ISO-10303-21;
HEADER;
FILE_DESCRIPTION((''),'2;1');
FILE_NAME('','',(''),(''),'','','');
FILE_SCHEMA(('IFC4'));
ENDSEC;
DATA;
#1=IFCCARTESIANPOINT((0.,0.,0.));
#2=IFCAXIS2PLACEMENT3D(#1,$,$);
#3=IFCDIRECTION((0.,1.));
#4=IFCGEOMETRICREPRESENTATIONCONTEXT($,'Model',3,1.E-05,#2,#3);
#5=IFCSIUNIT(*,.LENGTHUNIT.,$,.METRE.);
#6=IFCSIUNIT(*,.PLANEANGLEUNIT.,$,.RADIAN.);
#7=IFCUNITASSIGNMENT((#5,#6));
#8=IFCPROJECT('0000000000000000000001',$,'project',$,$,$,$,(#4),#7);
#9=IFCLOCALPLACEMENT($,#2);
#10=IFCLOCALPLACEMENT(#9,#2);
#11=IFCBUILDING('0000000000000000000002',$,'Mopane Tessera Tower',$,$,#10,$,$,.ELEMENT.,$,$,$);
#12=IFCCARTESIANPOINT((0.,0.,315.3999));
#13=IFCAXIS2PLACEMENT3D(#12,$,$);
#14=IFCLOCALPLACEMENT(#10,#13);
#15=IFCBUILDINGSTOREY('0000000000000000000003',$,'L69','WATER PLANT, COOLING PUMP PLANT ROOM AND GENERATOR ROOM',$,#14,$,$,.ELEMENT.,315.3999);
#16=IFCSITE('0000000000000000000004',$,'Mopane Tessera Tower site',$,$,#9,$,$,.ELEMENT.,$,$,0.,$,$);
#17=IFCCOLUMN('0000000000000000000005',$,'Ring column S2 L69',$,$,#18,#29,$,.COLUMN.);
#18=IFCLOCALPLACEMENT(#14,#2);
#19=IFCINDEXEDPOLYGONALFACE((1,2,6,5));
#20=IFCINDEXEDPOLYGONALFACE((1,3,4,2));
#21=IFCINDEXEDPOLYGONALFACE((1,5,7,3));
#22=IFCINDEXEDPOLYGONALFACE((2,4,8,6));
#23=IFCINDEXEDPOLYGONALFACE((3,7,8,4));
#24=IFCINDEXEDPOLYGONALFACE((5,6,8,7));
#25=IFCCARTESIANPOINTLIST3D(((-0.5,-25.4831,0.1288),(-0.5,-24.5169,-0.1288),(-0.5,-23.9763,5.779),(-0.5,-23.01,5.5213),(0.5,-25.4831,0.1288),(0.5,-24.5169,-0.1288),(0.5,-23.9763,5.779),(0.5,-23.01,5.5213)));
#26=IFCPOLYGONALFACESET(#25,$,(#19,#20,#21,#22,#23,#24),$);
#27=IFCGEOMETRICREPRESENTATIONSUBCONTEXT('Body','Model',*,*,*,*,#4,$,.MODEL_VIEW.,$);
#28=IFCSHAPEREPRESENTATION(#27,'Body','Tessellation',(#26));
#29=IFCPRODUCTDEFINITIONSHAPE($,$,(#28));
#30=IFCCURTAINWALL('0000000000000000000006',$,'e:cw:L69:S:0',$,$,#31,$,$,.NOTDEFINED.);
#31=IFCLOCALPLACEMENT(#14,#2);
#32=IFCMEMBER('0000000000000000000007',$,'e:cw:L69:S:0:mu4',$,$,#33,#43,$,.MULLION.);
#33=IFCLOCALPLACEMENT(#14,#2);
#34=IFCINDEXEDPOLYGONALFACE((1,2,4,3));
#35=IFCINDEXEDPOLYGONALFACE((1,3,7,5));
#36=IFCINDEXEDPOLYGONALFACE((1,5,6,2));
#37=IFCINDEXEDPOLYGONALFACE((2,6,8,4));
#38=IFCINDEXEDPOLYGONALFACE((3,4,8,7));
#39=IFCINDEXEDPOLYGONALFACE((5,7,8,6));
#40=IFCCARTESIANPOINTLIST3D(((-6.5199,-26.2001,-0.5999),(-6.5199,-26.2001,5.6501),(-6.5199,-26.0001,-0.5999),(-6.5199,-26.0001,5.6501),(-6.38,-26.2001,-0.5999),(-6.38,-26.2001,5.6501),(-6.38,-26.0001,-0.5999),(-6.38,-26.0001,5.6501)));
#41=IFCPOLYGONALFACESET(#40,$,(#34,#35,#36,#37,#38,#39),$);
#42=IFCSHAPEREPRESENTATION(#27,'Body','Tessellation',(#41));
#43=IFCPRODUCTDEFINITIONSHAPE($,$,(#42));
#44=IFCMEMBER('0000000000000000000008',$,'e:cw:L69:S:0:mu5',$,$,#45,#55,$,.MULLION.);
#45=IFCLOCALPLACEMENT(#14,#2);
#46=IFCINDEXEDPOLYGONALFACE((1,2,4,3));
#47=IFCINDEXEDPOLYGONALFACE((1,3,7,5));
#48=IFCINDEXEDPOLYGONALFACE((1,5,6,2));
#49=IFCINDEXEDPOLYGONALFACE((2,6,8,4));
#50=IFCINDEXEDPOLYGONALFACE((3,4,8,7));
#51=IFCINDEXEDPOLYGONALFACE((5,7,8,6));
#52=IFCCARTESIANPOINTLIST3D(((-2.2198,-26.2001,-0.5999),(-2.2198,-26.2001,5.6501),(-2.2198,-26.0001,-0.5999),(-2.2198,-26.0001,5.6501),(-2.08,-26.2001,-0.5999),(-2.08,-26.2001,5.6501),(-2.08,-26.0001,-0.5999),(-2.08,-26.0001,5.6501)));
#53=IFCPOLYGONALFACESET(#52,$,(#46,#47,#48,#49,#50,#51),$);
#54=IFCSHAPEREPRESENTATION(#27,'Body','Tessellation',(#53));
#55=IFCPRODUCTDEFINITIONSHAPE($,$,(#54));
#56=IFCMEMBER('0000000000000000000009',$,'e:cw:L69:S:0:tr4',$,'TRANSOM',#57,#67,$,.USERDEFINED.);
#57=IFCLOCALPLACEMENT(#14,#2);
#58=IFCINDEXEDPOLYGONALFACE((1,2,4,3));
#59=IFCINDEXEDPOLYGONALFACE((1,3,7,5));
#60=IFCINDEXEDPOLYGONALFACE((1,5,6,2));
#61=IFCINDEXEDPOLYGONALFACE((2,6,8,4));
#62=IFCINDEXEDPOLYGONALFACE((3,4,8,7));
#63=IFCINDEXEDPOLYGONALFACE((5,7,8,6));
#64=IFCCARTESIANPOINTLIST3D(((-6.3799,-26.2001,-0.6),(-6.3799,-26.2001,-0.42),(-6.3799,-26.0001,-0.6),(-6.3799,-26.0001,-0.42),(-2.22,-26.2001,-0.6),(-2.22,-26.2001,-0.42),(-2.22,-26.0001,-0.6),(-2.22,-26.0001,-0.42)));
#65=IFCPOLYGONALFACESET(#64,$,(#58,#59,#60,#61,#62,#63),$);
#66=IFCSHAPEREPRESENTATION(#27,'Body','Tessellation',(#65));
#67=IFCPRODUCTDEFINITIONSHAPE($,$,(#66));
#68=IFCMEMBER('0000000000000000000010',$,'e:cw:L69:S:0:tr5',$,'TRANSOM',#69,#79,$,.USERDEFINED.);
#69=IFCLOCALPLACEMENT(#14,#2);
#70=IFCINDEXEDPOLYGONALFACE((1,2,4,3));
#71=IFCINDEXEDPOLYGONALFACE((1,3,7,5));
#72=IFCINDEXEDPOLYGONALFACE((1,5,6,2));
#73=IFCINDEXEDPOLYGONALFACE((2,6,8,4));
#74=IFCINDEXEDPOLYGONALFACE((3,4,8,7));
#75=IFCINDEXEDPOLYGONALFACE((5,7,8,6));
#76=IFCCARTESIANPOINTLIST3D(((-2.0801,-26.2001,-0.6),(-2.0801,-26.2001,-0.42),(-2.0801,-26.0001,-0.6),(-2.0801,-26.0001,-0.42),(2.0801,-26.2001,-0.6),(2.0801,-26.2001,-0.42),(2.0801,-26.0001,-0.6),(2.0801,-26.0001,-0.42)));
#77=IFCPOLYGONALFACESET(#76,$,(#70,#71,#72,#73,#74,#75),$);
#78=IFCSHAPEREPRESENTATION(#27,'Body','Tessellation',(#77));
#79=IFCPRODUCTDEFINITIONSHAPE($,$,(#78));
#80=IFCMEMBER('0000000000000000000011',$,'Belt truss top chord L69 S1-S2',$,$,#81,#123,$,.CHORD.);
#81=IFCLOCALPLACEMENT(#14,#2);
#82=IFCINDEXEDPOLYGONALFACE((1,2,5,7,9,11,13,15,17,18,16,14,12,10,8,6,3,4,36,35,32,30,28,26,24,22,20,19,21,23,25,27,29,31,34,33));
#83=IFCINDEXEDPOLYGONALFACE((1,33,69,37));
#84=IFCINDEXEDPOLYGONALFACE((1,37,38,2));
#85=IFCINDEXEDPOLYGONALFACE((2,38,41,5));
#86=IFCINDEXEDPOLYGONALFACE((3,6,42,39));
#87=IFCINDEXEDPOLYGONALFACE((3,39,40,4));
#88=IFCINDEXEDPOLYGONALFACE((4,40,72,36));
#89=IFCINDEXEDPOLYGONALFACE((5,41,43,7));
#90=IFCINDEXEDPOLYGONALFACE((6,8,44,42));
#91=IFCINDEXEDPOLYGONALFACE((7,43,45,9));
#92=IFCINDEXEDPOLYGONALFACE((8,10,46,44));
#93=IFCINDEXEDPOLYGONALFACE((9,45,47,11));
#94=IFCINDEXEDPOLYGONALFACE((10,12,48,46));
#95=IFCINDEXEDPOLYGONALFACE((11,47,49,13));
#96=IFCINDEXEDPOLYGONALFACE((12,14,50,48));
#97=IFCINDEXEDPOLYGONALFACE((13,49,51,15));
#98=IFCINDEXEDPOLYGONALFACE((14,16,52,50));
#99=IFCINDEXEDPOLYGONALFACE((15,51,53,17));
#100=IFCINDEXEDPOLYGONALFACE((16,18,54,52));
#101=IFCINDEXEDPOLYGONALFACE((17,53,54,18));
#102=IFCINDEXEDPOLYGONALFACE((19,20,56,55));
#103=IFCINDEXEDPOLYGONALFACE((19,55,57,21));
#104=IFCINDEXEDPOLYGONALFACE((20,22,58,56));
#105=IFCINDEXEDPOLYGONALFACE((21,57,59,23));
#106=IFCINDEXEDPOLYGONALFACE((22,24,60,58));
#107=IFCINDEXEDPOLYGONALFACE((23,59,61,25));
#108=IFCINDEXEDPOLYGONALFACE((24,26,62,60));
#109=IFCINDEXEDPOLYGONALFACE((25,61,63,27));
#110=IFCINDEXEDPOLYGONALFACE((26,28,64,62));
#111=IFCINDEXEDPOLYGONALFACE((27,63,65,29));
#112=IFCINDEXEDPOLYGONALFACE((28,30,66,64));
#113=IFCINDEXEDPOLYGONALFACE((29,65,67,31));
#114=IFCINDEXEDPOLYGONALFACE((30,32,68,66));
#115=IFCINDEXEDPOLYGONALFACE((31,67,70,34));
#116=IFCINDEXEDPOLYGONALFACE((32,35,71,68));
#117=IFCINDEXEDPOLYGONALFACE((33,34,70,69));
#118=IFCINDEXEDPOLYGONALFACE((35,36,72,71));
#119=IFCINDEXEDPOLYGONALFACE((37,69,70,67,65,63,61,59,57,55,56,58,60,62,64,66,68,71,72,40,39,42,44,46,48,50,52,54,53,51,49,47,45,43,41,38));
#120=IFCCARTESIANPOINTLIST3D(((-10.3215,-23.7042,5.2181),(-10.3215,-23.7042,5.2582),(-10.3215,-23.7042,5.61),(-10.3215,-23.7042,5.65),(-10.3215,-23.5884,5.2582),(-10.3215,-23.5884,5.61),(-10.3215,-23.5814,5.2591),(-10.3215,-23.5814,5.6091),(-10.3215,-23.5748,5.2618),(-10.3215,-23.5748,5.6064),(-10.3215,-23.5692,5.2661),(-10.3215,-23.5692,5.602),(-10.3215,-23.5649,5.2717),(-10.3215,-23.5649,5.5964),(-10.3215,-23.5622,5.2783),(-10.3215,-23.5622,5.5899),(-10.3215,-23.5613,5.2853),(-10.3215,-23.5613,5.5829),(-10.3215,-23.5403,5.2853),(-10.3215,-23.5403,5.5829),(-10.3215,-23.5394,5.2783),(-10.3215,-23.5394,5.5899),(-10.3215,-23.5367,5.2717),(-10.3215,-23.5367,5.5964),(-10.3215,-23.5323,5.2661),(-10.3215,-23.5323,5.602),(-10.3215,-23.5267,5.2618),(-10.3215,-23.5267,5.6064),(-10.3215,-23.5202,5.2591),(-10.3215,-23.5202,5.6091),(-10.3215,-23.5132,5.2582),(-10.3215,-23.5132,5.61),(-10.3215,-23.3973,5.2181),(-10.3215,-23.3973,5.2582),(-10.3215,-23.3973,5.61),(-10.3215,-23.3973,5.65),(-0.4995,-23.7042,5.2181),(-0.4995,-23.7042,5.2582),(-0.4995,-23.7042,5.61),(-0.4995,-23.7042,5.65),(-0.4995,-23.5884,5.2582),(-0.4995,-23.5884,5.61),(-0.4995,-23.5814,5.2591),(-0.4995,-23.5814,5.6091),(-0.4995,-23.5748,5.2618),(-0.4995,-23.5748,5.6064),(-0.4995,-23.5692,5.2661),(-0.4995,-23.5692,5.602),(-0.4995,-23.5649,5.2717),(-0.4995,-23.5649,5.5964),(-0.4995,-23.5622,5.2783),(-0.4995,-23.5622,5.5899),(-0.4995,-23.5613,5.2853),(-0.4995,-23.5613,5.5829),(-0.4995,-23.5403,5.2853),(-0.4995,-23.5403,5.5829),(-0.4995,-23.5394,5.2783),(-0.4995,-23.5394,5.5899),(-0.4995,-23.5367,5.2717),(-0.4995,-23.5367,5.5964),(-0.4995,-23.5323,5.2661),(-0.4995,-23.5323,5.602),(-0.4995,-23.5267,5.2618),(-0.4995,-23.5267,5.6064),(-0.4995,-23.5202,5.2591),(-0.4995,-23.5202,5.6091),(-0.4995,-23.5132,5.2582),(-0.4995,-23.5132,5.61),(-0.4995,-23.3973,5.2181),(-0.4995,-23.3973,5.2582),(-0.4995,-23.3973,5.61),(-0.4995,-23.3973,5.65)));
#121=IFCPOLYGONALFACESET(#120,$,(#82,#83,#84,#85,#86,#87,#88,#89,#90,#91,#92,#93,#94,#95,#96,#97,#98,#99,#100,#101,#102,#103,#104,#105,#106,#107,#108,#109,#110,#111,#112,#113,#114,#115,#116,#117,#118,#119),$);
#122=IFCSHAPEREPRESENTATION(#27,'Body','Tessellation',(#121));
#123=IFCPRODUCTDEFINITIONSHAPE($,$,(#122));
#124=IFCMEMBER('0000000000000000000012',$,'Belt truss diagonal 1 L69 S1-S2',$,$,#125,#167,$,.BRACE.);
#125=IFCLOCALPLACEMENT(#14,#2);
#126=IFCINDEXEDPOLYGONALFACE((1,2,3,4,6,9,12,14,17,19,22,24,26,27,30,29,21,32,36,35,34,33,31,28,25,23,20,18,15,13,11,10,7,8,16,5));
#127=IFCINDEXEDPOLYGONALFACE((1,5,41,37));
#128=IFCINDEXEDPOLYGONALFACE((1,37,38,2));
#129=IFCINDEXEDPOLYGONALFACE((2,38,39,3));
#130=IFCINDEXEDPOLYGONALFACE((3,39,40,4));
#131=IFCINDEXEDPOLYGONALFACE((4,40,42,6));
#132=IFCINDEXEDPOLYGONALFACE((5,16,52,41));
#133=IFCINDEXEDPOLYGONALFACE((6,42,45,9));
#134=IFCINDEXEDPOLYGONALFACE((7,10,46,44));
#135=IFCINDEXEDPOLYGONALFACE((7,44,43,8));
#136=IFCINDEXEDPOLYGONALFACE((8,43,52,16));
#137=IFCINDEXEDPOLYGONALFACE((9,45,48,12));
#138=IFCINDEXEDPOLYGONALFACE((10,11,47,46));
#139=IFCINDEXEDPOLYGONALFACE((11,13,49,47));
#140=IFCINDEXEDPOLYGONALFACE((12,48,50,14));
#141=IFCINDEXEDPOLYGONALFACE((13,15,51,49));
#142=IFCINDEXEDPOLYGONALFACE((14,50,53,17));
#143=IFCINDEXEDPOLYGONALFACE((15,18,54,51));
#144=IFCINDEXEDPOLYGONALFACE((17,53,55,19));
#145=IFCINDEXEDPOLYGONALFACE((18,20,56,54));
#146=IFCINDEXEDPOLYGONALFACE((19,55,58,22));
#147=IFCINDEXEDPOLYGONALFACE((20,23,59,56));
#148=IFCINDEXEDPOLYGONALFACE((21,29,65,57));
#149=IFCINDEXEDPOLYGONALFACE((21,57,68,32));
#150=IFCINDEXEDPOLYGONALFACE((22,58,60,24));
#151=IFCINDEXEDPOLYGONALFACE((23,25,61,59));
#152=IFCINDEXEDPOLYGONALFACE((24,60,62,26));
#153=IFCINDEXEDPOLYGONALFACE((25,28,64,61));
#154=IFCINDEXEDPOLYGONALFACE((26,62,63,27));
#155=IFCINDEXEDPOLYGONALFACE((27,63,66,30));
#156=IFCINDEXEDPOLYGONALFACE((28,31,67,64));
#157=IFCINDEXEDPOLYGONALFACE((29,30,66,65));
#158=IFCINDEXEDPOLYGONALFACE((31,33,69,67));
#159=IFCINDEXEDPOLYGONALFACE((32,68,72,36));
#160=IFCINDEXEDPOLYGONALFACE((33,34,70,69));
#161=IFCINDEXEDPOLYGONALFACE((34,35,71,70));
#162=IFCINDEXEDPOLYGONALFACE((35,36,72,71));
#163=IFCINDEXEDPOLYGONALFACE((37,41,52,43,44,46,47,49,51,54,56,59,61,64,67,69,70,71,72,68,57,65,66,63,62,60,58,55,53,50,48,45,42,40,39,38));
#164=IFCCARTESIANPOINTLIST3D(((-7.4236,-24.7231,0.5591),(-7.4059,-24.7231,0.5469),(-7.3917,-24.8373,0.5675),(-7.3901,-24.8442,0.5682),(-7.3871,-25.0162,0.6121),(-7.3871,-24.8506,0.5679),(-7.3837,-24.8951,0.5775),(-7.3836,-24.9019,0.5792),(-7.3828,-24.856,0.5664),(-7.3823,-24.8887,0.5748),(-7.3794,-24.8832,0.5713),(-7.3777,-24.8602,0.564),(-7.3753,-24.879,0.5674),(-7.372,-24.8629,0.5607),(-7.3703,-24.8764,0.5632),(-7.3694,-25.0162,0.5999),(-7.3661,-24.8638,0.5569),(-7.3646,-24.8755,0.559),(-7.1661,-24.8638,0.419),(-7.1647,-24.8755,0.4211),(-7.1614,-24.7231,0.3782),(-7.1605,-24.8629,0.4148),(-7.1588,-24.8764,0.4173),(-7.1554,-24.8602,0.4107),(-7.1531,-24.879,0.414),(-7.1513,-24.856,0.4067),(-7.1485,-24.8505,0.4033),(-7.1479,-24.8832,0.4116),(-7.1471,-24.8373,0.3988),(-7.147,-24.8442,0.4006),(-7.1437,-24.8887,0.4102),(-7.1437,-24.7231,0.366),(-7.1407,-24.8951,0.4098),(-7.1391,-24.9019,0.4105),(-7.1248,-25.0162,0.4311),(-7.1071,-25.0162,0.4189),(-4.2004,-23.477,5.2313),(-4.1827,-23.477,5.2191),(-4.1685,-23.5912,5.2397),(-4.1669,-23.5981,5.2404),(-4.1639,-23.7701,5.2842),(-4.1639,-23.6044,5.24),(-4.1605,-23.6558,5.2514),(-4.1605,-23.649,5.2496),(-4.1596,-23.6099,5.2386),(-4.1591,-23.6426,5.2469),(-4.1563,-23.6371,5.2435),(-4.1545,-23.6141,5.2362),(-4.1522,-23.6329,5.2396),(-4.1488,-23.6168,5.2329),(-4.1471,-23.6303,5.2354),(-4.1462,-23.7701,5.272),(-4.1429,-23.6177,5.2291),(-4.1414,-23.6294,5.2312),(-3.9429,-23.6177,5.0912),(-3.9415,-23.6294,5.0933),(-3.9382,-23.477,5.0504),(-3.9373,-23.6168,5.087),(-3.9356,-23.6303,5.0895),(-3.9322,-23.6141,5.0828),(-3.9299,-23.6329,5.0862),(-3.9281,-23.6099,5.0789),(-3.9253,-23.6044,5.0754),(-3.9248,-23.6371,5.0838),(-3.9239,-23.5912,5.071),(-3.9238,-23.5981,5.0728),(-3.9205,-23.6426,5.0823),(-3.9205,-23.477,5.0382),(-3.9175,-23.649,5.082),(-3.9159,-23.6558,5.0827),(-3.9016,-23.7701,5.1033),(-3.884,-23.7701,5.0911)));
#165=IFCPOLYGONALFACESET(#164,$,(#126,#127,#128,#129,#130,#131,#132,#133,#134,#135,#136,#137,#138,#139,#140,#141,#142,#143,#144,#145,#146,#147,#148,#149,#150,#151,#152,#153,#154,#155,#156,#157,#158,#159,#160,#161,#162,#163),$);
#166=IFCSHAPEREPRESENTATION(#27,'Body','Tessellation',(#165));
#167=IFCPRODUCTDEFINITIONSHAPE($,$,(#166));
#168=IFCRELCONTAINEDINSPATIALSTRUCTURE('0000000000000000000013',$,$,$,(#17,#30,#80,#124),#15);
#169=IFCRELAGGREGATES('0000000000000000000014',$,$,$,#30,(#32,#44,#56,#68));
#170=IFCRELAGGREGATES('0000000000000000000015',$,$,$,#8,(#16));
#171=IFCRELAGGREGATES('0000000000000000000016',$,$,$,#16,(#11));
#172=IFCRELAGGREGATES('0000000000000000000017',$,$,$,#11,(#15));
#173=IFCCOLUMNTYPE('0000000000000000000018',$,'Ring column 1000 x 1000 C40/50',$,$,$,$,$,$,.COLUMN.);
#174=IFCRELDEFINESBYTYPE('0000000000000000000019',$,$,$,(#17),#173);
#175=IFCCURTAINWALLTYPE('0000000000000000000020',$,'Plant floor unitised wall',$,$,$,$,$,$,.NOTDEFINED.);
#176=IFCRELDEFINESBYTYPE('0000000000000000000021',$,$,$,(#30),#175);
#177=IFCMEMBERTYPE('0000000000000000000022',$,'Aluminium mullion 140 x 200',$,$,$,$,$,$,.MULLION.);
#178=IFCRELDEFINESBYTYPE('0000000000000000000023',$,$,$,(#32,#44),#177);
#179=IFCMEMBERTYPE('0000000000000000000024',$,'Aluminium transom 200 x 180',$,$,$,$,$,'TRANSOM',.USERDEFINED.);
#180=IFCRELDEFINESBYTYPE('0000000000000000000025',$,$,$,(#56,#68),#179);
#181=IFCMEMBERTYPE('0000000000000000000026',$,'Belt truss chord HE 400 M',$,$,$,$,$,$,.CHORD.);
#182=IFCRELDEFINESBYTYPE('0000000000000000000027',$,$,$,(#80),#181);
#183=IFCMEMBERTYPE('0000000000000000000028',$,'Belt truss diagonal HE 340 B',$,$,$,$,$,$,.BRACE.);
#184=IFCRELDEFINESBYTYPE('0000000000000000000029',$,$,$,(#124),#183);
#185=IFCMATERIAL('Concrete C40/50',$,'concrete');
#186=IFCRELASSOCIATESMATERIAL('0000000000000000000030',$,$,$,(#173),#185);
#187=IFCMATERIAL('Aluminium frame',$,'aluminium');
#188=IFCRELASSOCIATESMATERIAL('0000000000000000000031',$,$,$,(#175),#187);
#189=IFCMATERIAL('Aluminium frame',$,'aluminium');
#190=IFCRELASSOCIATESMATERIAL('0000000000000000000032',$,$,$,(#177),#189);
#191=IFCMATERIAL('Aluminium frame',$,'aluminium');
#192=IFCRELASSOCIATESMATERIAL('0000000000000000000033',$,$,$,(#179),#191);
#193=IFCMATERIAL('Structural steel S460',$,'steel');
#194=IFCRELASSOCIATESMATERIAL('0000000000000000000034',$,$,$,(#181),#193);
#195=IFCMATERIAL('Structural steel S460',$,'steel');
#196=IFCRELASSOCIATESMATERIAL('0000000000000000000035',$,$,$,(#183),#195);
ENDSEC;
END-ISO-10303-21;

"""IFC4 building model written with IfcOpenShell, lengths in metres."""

from ifc_helpers import new_model, si_unit, direction, frame, origin, origin_2d, place, context, subcontext, project, spatial, rectangle, i_section, extrude, material, material_profile, profile_set, type_object, element, aggregate, save


model = new_model("IFC4")

# Units and contexts
model_context = context("Model", 3, precision=1e-05, world=origin(), true_north=direction((0.0, 1.0)))
body_context = subcontext(model_context, "Body", "Model", "MODEL_VIEW")
ifc_project = project(units=[si_unit("LENGTHUNIT", "METRE"), si_unit("PLANEANGLEUNIT", "RADIAN")], contexts=[model_context])

# Site, building, storey
site_placement = place(None, origin())
site = spatial("IfcSite", under=ifc_project, at=site_placement, Name="Mopane Tessera Tower site", CompositionType="ELEMENT", RefElevation=0.0)
building_placement = place(site_placement, origin())
building = spatial("IfcBuilding", under=site, at=building_placement, Name="Mopane Tessera Tower", CompositionType="ELEMENT")
storey_placement = place(building_placement, frame((0.0, 0.0, 315.3999)))
storey = spatial("IfcBuildingStorey", under=building, at=storey_placement, Name="L69", Description="WATER PLANT, COOLING PUMP PLANT ROOM AND GENERATOR ROOM", CompositionType="ELEMENT", Elevation=315.3999)

# Column
ifc_material_1 = material(Name="Concrete C40/50", Category="concrete")
ifc_material_profile_1 = material_profile(ifc_material_1, rectangle(XDim=1.0, YDim=1.0, at=origin_2d()))
ifc_profile_set_1 = profile_set([ifc_material_profile_1], Name="Concrete C40/50")
column_type = type_object("IfcColumnType", Name="Ring column 1000 x 1000 C40/50", PredefinedType="COLUMN", material=ifc_profile_set_1)
column_placement = place(storey_placement, frame((0.0, -25.0, 0.0), z_axis=(0.0, 0.257683, 0.966229), x_axis=(-1.0, 0.0, 0.0)))
element("IfcColumn", 1, at=column_placement, inside=storey, type_object=column_type, Name="Ring column S2 L69", PredefinedType="COLUMN", context=body_context, shape_type="SweptSolid", body=[
    extrude(rectangle(XDim=1.0, YDim=1.0, at=origin_2d()), origin(), (0.0, 0.0, 1.0), 5.8477),
])

# Curtain wall, members
ifc_material_2 = material(Name="Aluminium frame", Category="aluminium")
curtain_wall_type = type_object("IfcCurtainWallType", Name="Plant floor unitised wall", PredefinedType="NOTDEFINED", material=ifc_material_2)
curtain_wall_placement = place(storey_placement, origin())
curtain_wall = element("IfcCurtainWall", 2, at=curtain_wall_placement, inside=storey, type_object=curtain_wall_type, Name="e:cw:L69:S:0", PredefinedType="NOTDEFINED")
ifc_material_3 = material(Name="Aluminium frame", Category="aluminium")
ifc_material_profile_2 = material_profile(ifc_material_3, rectangle(XDim=0.1399, YDim=0.2, at=origin_2d()))
ifc_profile_set_2 = profile_set([ifc_material_profile_2], Name="Aluminium frame")
member_type_1 = type_object("IfcMemberType", Name="Aluminium mullion 140 x 200", PredefinedType="MULLION", material=ifc_profile_set_2)
member_1_placement = place(storey_placement, frame((-6.45, -26.1001, -0.5999), z_axis=(0.0, 0.0, 1.0), x_axis=(1.0, 0.0, 0.0)))
member_1 = element("IfcMember", 3, at=member_1_placement, type_object=member_type_1, Name="e:cw:L69:S:0:mu4", PredefinedType="MULLION", context=body_context, shape_type="SweptSolid", body=[
    extrude(rectangle(XDim=0.1399, YDim=0.2, at=origin_2d()), origin(), (0.0, 0.0, 1.0), 6.25),
])
member_2_placement = place(storey_placement, frame((-2.1499, -26.1001, -0.5999), z_axis=(0.0, 0.0, 1.0), x_axis=(1.0, 0.0, 0.0)))
member_2 = element("IfcMember", 4, at=member_2_placement, type_object=member_type_1, Name="e:cw:L69:S:0:mu5", PredefinedType="MULLION", context=body_context, shape_type="SweptSolid", body=[
    extrude(rectangle(XDim=0.1399, YDim=0.2, at=origin_2d()), origin(), (0.0, 0.0, 1.0), 6.25),
])
ifc_material_4 = material(Name="Aluminium frame", Category="aluminium")
ifc_material_profile_3 = material_profile(ifc_material_4, rectangle(XDim=0.2, YDim=0.1799, at=origin_2d()))
ifc_profile_set_3 = profile_set([ifc_material_profile_3], Name="Aluminium frame")
member_type_2 = type_object("IfcMemberType", Name="Aluminium transom 200 x 180", ElementType="TRANSOM", PredefinedType="USERDEFINED", material=ifc_profile_set_3)
member_3_placement = place(storey_placement, frame((-6.3799, -26.1001, -0.51), z_axis=(1.0, 0.0, 0.0), x_axis=(0.0, 1.0, 0.0)))
member_3 = element("IfcMember", 5, at=member_3_placement, type_object=member_type_2, Name="e:cw:L69:S:0:tr4", ObjectType="TRANSOM", PredefinedType="USERDEFINED", context=body_context, shape_type="SweptSolid", body=[
    extrude(rectangle(XDim=0.2, YDim=0.1799, at=origin_2d()), origin(), (0.0, 0.0, 1.0), 4.1599),
])
member_4_placement = place(storey_placement, frame((-2.0801, -26.1001, -0.51), z_axis=(1.0, 0.0, 0.0), x_axis=(0.0, 1.0, 0.0)))
member_4 = element("IfcMember", 6, at=member_4_placement, type_object=member_type_2, Name="e:cw:L69:S:0:tr5", ObjectType="TRANSOM", PredefinedType="USERDEFINED", context=body_context, shape_type="SweptSolid", body=[
    extrude(rectangle(XDim=0.2, YDim=0.1799, at=origin_2d()), origin(), (0.0, 0.0, 1.0), 4.1602),
])

# Members
ifc_material_5 = material(Name="Structural steel S460", Category="steel")
ifc_material_profile_4 = material_profile(ifc_material_5, i_section(OverallWidth=0.3069, OverallDepth=0.4319, WebThickness=0.021, FlangeThickness=0.04, FilletRadius=0.0271, at=origin_2d()))
ifc_profile_set_4 = profile_set([ifc_material_profile_4], Name="Structural steel S460")
member_type_3 = type_object("IfcMemberType", Name="Belt truss chord HE 400 M", PredefinedType="CHORD", material=ifc_profile_set_4)
member_5_placement = place(storey_placement, frame((-10.3215, -23.5508, 5.4341), z_axis=(1.0, 0.0, 0.0), x_axis=(0.0, 1.0, 0.0)))
element("IfcMember", 7, at=member_5_placement, inside=storey, type_object=member_type_3, Name="Belt truss top chord L69 S1-S2", PredefinedType="CHORD", context=body_context, shape_type="SweptSolid", body=[
    extrude(i_section(OverallWidth=0.3069, OverallDepth=0.4319, WebThickness=0.021, FlangeThickness=0.04, FilletRadius=0.0271, at=origin_2d()), origin(), (0.0, 0.0, 1.0), 9.822),
])
ifc_material_6 = material(Name="Structural steel S460", Category="steel")
ifc_material_profile_5 = material_profile(ifc_material_6, i_section(OverallWidth=0.3, OverallDepth=0.3401, WebThickness=0.012, FlangeThickness=0.0215, FilletRadius=0.0271, at=origin_2d()))
ifc_profile_set_5 = profile_set([ifc_material_profile_5], Name="Structural steel S460")
member_type_4 = type_object("IfcMemberType", Name="Belt truss diagonal HE 340 B", PredefinedType="BRACE", material=ifc_profile_set_5)
member_6_placement = place(storey_placement, frame((-7.2654, -24.8696, 0.489), z_axis=(0.554643, 0.214429, 0.803985), x_axis=(-0.121783, 0.976739, -0.17649)))
element("IfcMember", 8, at=member_6_placement, inside=storey, type_object=member_type_4, Name="Belt truss diagonal 1 L69 S1-S2", PredefinedType="BRACE", context=body_context, shape_type="SweptSolid", body=[
    extrude(i_section(OverallWidth=0.3, OverallDepth=0.3401, WebThickness=0.012, FlangeThickness=0.0215, FilletRadius=0.0271, at=origin_2d()), origin(), (0.0, 0.0, 1.0), 5.8113),
])

aggregate(curtain_wall, [member_1, member_2, member_3, member_4])

save(model, "model.ifc")
